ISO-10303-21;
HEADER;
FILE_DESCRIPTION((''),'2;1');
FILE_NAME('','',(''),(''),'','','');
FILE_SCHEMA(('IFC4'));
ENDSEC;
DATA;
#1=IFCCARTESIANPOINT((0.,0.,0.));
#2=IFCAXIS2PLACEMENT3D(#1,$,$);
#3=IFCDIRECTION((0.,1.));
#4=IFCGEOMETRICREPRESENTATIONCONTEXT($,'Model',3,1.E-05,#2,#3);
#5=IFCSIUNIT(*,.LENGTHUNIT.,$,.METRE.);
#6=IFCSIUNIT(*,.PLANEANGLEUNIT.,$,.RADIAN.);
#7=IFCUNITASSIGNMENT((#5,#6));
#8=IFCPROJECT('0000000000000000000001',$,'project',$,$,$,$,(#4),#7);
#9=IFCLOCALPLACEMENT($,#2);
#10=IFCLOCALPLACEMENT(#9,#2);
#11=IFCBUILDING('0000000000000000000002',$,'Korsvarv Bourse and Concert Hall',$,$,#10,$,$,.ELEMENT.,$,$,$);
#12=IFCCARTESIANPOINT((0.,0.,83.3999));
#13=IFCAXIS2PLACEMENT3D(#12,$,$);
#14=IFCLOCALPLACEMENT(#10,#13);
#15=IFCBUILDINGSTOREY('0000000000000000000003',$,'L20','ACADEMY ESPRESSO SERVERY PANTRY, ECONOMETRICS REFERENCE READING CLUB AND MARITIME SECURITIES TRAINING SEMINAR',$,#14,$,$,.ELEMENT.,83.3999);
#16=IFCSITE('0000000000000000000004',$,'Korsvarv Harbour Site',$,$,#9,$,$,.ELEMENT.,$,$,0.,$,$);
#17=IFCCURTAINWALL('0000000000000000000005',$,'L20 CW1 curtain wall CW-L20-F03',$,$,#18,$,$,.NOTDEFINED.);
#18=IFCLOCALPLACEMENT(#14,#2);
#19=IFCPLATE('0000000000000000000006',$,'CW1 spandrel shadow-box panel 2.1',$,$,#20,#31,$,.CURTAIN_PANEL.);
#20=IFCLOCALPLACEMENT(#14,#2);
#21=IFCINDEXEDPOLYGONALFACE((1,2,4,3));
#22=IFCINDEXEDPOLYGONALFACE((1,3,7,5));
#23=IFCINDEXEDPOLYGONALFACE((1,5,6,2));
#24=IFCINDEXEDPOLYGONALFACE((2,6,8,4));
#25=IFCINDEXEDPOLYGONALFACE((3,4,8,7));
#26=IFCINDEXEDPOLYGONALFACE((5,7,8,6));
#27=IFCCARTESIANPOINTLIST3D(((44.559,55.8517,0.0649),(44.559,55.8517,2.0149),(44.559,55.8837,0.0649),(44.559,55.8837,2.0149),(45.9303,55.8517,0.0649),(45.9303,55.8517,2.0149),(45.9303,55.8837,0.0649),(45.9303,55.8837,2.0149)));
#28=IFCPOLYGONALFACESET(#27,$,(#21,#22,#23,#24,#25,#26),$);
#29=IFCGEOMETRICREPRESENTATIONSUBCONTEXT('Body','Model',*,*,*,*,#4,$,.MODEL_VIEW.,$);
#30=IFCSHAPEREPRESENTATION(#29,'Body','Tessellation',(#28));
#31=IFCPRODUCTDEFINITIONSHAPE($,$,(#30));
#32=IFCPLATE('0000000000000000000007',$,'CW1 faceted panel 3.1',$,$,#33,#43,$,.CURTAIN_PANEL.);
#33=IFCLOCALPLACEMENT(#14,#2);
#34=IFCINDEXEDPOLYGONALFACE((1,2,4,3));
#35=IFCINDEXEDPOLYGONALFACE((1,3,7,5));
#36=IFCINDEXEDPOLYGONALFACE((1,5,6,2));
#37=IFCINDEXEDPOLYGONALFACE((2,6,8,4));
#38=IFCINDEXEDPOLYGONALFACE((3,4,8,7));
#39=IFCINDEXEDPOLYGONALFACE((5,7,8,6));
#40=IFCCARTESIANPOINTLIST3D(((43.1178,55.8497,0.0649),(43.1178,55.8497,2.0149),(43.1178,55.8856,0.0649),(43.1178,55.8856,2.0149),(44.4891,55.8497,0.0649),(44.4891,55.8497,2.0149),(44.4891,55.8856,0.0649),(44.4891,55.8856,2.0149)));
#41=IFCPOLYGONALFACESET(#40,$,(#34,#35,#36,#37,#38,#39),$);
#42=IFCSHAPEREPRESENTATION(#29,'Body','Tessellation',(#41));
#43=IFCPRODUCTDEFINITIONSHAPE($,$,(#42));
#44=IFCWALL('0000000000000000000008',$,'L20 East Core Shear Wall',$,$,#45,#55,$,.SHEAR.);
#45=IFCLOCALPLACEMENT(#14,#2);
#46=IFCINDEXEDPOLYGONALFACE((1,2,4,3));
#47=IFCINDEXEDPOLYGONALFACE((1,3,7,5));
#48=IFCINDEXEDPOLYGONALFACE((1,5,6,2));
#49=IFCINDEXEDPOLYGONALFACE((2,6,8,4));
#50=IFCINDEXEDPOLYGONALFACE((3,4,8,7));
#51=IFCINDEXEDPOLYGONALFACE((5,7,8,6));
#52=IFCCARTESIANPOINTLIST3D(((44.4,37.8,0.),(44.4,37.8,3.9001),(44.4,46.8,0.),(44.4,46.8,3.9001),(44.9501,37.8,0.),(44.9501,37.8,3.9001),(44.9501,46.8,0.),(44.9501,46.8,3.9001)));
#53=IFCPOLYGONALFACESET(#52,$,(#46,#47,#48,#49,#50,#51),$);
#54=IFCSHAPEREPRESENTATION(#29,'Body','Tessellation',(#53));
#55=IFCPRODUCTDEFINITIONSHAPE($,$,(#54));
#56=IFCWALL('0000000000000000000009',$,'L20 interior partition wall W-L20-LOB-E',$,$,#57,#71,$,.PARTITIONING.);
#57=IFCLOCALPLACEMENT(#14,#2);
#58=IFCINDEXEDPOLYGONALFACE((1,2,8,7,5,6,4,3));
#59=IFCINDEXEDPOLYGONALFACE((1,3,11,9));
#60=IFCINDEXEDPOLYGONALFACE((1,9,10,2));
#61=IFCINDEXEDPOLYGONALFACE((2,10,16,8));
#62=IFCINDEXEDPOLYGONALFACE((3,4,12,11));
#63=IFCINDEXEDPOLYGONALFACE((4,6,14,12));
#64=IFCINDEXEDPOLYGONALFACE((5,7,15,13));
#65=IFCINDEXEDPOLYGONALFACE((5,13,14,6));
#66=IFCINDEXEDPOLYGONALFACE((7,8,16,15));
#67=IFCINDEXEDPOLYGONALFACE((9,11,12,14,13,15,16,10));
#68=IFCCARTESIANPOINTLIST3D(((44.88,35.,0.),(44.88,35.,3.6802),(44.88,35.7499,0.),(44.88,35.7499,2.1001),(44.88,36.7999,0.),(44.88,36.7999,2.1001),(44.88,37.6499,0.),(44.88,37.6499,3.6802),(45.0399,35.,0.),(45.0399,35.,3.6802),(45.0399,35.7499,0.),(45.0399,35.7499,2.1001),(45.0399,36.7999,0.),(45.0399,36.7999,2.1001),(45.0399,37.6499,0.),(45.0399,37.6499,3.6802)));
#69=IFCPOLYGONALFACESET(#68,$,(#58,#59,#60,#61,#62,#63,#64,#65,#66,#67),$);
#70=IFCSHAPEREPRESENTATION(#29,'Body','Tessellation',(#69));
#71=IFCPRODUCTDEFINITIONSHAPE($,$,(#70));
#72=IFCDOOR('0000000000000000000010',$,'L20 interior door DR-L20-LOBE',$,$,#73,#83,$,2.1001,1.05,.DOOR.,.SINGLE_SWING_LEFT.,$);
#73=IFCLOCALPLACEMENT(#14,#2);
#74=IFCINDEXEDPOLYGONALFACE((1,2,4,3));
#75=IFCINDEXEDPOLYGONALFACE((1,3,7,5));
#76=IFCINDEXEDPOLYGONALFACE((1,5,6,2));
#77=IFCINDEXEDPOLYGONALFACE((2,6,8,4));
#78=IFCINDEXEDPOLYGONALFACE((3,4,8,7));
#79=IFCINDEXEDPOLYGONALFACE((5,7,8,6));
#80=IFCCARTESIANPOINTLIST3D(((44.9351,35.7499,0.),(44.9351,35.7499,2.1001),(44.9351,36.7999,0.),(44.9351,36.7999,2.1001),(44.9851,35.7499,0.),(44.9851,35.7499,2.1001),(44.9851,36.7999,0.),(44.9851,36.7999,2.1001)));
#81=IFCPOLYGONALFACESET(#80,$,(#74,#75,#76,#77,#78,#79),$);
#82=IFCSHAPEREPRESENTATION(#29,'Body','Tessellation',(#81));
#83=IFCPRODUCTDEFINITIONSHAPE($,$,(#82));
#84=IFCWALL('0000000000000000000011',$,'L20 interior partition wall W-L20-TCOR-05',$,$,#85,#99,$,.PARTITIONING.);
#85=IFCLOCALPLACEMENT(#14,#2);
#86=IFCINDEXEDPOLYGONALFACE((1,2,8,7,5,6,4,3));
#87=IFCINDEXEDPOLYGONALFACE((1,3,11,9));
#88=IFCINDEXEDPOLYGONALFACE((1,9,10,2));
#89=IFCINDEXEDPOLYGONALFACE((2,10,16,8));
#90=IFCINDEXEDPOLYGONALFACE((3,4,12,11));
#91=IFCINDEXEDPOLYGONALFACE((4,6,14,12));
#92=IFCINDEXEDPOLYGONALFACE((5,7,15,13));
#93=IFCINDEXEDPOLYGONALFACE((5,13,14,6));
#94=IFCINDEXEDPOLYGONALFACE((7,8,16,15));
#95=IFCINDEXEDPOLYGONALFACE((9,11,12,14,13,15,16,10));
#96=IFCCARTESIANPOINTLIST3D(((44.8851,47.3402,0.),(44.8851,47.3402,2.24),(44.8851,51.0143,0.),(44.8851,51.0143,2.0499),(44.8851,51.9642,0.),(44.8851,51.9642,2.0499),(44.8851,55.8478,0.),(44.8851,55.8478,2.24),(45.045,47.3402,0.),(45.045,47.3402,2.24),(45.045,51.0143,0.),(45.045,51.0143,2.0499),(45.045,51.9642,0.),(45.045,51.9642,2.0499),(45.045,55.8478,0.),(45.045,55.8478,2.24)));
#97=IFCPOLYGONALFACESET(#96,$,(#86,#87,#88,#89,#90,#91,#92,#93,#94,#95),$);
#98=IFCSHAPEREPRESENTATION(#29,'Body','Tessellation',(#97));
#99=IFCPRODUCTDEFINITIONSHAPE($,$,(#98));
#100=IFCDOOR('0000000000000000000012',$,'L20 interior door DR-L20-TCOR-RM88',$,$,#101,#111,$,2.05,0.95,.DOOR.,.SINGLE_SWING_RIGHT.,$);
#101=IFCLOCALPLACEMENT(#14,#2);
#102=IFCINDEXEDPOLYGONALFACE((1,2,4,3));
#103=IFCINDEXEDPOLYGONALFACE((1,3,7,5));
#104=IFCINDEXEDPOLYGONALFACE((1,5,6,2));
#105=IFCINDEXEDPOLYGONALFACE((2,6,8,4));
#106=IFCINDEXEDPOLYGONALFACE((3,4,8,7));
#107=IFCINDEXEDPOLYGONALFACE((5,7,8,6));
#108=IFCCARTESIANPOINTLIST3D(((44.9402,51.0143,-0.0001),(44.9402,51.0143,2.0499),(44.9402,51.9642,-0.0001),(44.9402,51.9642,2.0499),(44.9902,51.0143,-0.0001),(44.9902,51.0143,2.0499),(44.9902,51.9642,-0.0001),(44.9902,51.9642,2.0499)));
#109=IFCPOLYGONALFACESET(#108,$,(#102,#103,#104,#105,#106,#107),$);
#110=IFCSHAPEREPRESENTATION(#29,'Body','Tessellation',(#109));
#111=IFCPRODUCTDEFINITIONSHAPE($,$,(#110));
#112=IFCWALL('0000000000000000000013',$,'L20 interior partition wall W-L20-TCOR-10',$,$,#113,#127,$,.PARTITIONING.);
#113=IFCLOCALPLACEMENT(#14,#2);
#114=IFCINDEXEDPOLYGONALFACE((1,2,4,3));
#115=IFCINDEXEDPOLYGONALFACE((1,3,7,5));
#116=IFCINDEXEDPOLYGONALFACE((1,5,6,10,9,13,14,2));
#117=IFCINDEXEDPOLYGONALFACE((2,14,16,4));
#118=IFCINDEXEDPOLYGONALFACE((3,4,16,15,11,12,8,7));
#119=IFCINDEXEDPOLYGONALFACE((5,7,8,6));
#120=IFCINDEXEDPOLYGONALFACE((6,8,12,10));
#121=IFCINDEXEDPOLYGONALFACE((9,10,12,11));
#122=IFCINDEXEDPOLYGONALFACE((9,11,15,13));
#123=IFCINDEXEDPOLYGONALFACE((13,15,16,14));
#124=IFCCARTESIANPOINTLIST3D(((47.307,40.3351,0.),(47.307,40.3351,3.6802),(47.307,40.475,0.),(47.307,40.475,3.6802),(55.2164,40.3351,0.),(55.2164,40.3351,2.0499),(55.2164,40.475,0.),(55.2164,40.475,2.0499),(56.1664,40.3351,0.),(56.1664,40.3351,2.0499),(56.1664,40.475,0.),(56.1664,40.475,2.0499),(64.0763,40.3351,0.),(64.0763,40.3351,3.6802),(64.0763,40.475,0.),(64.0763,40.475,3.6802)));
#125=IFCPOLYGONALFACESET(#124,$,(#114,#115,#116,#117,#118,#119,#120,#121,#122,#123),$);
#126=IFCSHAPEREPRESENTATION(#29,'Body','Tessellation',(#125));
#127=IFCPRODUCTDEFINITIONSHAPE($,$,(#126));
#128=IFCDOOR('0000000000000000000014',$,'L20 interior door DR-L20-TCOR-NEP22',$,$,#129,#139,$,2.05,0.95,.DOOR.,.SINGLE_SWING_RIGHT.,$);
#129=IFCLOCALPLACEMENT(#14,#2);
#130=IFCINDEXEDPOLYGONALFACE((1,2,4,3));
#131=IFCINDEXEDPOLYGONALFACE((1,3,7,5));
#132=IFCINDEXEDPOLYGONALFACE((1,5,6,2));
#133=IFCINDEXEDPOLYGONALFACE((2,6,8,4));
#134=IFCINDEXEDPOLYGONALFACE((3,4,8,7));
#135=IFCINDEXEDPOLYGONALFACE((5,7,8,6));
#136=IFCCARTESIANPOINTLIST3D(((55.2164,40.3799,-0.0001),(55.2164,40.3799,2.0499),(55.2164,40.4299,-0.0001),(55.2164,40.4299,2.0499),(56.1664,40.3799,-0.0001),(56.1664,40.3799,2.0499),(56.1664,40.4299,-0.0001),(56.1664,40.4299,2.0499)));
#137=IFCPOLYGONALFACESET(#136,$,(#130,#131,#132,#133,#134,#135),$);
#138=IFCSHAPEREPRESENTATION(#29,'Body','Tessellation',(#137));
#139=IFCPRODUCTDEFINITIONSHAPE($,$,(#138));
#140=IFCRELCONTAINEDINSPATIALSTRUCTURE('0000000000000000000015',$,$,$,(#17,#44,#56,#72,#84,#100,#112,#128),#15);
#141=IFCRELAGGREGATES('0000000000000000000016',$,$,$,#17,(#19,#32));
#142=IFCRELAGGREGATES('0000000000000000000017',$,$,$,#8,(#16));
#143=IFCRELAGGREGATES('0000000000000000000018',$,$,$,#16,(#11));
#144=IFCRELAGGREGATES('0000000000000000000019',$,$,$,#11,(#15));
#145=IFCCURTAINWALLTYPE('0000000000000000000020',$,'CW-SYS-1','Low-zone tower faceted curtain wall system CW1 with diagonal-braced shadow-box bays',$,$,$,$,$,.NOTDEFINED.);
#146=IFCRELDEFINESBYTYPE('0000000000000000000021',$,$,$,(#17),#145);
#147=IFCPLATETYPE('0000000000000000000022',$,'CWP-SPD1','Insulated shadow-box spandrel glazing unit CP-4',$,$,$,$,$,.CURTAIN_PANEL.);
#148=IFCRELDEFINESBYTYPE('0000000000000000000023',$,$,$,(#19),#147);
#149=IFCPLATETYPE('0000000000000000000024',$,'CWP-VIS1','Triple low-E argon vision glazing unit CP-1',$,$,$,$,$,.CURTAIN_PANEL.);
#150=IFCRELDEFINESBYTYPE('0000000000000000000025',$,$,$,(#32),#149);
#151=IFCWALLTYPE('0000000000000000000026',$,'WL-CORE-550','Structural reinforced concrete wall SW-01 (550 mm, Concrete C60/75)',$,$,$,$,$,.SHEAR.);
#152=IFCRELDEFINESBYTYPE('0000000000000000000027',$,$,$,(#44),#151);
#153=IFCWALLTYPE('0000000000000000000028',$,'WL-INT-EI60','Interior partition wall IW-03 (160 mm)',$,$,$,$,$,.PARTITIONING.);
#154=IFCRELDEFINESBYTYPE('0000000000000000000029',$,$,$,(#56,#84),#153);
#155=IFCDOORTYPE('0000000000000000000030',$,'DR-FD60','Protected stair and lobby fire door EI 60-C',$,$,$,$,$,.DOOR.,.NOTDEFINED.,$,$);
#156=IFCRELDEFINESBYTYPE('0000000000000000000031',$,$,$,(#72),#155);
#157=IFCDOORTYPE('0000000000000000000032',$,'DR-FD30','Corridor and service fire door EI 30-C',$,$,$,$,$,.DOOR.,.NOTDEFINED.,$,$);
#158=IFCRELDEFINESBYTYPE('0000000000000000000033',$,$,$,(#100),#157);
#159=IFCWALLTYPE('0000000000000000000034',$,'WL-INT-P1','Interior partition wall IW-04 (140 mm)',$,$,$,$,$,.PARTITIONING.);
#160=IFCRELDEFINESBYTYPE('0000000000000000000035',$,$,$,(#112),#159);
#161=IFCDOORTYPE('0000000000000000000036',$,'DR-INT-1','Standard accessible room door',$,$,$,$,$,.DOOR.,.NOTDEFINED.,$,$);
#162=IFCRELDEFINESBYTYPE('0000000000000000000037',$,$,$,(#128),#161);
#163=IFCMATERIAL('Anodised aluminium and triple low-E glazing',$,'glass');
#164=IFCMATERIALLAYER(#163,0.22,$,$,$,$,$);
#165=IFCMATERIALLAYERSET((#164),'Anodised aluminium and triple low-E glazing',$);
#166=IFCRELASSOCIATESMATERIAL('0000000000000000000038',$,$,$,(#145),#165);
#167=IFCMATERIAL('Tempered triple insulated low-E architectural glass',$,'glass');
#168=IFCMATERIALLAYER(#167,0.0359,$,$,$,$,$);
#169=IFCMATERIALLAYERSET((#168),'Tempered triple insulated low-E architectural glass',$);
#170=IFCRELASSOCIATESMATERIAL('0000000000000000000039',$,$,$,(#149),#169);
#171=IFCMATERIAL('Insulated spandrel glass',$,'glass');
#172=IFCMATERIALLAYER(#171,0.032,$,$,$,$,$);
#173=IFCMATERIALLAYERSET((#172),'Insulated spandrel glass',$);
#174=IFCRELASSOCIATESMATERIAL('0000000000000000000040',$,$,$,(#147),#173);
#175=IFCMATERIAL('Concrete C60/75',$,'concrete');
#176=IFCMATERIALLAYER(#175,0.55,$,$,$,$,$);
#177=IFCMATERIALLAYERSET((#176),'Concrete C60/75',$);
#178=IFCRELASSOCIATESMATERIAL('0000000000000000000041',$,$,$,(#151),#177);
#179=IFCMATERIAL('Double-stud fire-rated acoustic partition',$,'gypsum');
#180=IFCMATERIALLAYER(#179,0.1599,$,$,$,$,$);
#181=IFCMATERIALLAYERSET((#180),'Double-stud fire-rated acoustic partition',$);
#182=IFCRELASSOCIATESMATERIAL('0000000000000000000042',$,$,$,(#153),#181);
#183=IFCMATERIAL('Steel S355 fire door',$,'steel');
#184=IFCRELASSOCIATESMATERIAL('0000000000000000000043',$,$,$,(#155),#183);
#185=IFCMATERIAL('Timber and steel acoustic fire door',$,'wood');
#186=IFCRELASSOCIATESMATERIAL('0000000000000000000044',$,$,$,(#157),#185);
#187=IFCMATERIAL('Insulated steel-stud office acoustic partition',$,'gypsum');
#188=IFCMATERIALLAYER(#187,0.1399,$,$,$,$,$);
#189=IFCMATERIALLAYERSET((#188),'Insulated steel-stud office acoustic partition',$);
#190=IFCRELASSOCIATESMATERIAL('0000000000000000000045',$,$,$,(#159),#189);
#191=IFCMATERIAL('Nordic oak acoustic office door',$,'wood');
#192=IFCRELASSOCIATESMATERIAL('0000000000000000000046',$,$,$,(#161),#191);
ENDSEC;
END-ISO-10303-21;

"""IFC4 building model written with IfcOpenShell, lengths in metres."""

from ifc_helpers import new_model, si_unit, direction, frame, frame_2d, origin, origin_2d, place, context, subcontext, project, spatial, rectangle, extrude, source, transform, mapped, material, layer, layer_set, type_object, element, fill, aggregate, save


model = new_model("IFC4")

# Units and contexts
model_context = context("Model", 3, precision=1e-05, world=origin(), true_north=direction((0.0, 1.0)))
body_context = subcontext(model_context, "Body", "Model", "MODEL_VIEW")
ifc_project = project(units=[si_unit("LENGTHUNIT", "METRE"), si_unit("PLANEANGLEUNIT", "RADIAN")], contexts=[model_context])

# Site, building, storey
site_placement = place(None, origin())
site = spatial("IfcSite", under=ifc_project, at=site_placement, Name="Korsvarv Harbour Site", CompositionType="ELEMENT", RefElevation=0.0)
building_placement = place(site_placement, origin())
building = spatial("IfcBuilding", under=site, at=building_placement, Name="Korsvarv Bourse and Concert Hall", CompositionType="ELEMENT")
storey_placement = place(building_placement, frame((0.0, 0.0, 83.3999)))
storey = spatial("IfcBuildingStorey", under=building, at=storey_placement, Name="L20", Description="ACADEMY ESPRESSO SERVERY PANTRY, ECONOMETRICS REFERENCE READING CLUB AND MARITIME SECURITIES TRAINING SEMINAR", CompositionType="ELEMENT", Elevation=83.3999)

# Shared definitions
ifc_material_1 = material(Name="Concrete C60/75", Category="concrete")

# Curtain wall, plates
ifc_material_2 = material(Name="Anodised aluminium and triple low-E glazing", Category="glass")
ifc_layer_1 = layer(ifc_material_2, 0.22)
ifc_layer_set_1 = layer_set([ifc_layer_1], Name="Anodised aluminium and triple low-E glazing")
curtain_wall_type = type_object("IfcCurtainWallType", Name="CW-SYS-1", Description="Low-zone tower faceted curtain wall system CW1 with diagonal-braced shadow-box bays", PredefinedType="NOTDEFINED", material=ifc_layer_set_1)
curtain_wall_placement = place(storey_placement, origin())
curtain_wall = element("IfcCurtainWall", 1, at=curtain_wall_placement, inside=storey, type_object=curtain_wall_type, Name="L20 CW1 curtain wall CW-L20-F03", PredefinedType="NOTDEFINED")
ifc_material_3 = material(Name="Tempered triple insulated low-E architectural glass", Category="glass")
ifc_layer_2 = layer(ifc_material_3, 0.0359)
ifc_layer_set_2 = layer_set([ifc_layer_2], Name="Tempered triple insulated low-E architectural glass")
plate_type_1 = type_object("IfcPlateType", Name="CWP-VIS1", Description="Triple low-E argon vision glazing unit CP-1", PredefinedType="CURTAIN_PANEL", material=ifc_layer_set_2)
ifc_material_4 = material(Name="Insulated spandrel glass", Category="glass")
ifc_layer_3 = layer(ifc_material_4, 0.032)
ifc_layer_set_3 = layer_set([ifc_layer_3], Name="Insulated spandrel glass")
plate_type_2 = type_object("IfcPlateType", Name="CWP-SPD1", Description="Insulated shadow-box spandrel glazing unit CP-4", PredefinedType="CURTAIN_PANEL", material=ifc_layer_set_3)
shared_shape_1 = source(origin(), body_context, "Body", "SweptSolid", [
    extrude(rectangle(XDim=1.3713, YDim=0.032, at=origin_2d()), origin(), (0.0, 0.0, 1.0), 1.95),
])
plate_1_placement = place(storey_placement, frame((45.2446, 55.8677, 0.0649), z_axis=(0.0, 0.0, 1.0), x_axis=(-1.0, 0.0, 0.0)))
plate_1 = element("IfcPlate", 2, at=plate_1_placement, type_object=plate_type_2, Name="CW1 spandrel shadow-box panel 2.1", PredefinedType="CURTAIN_PANEL", context=body_context, shape_type="MappedRepresentation", body=[
    mapped(shared_shape_1, transform((0.0, 0.0, 0.0), scale=1.0)),
])
shared_shape_2 = source(origin(), body_context, "Body", "SweptSolid", [
    extrude(rectangle(XDim=1.3713, YDim=0.0359, at=origin_2d()), origin(), (0.0, 0.0, 1.0), 1.95),
])
plate_2_placement = place(storey_placement, frame((43.8035, 55.8677, 0.0649), z_axis=(0.0, 0.0, 1.0), x_axis=(-1.0, 0.0, 0.0)))
plate_2 = element("IfcPlate", 3, at=plate_2_placement, type_object=plate_type_1, Name="CW1 faceted panel 3.1", PredefinedType="CURTAIN_PANEL", context=body_context, shape_type="MappedRepresentation", body=[
    mapped(shared_shape_2, transform((0.0, 0.0, 0.0), scale=1.0)),
])
aggregate(curtain_wall, [plate_1, plate_2])

# Wall
ifc_layer_4 = layer(ifc_material_1, 0.55)
ifc_layer_set_4 = layer_set([ifc_layer_4], Name="Concrete C60/75")
wall_type_1 = type_object("IfcWallType", Name="WL-CORE-550", Description="Structural reinforced concrete wall SW-01 (550 mm, Concrete C60/75)", PredefinedType="SHEAR", material=ifc_layer_set_4)
wall_1_placement = place(storey_placement, frame((44.675, 37.8, 0.0), z_axis=(0.0, 0.0, 1.0), x_axis=(0.0, 1.0, 0.0)))
element("IfcWall", 4, at=wall_1_placement, inside=storey, type_object=wall_type_1, Name="L20 East Core Shear Wall", PredefinedType="SHEAR", context=body_context, shape_type="SweptSolid", body=[
    extrude(rectangle(XDim=9.0, YDim=0.55, at=frame_2d((4.5, 0.0))), origin(), (0.0, 0.0, 1.0), 3.9001),
])

# Walls, openings, doors
ifc_material_5 = material(Name="Double-stud fire-rated acoustic partition", Category="gypsum")
ifc_layer_5 = layer(ifc_material_5, 0.1599)
ifc_layer_set_5 = layer_set([ifc_layer_5], Name="Double-stud fire-rated acoustic partition")
wall_type_2 = type_object("IfcWallType", Name="WL-INT-EI60", Description="Interior partition wall IW-03 (160 mm)", PredefinedType="PARTITIONING", material=ifc_layer_set_5)
wall_2_placement = place(storey_placement, frame((44.96, 35.0, 0.0), z_axis=(0.0, 0.0, 1.0), x_axis=(0.0, 1.0, 0.0)))
wall_2 = element("IfcWall", 5, at=wall_2_placement, inside=storey, type_object=wall_type_2, Name="L20 interior partition wall W-L20-LOB-E", PredefinedType="PARTITIONING", context=body_context, shape_type="SweptSolid", body=[
    extrude(rectangle(XDim=2.6499, YDim=0.1599, at=frame_2d((1.325, 0.0))), origin(), (0.0, 0.0, 1.0), 3.6802),
])
opening_1_placement = place(wall_2_placement, frame((0.75, 0.0, 0.0)))
opening_1 = element("IfcOpeningElement", 6, at=opening_1_placement, cuts=wall_2, PredefinedType="OPENING", context=body_context, shape_type="SweptSolid", body=[
    extrude(rectangle(XDim=1.05, YDim=2.1001, at=frame_2d((0.5249, 1.05))), frame((0.0, 0.0898, 0.0), z_axis=(0.0, -1.0, 0.0), x_axis=(1.0, 0.0, 0.0)), (0.0, 0.0, 1.0), 0.1799),
])
ifc_material_6 = material(Name="Steel S355 fire door", Category="steel")
door_type_1 = type_object("IfcDoorType", Name="DR-FD60", Description="Protected stair and lobby fire door EI 60-C", OperationType="NOTDEFINED", PredefinedType="DOOR", material=ifc_material_6)
door_1_placement = place(opening_1_placement, origin())
door_1 = element("IfcDoor", 7, at=door_1_placement, inside=storey, type_object=door_type_1, Name="L20 interior door DR-L20-LOBE", OperationType="SINGLE_SWING_LEFT", OverallHeight=2.1001, OverallWidth=1.05, PredefinedType="DOOR", context=body_context, shape_type="SweptSolid", body=[
    extrude(rectangle(XDim=1.05, YDim=2.1001, at=frame_2d((0.5249, 1.05))), frame((0.0, 0.0249, 0.0), z_axis=(0.0, -1.0, 0.0), x_axis=(1.0, 0.0, 0.0)), (0.0, 0.0, 1.0), 0.05),
])
fill(opening_1, door_1)
wall_3_placement = place(storey_placement, frame((44.9651, 47.3401, 0.0), z_axis=(0.0, 0.0, 1.0), x_axis=(0.0, 1.0, 0.0)))
wall_3 = element("IfcWall", 8, at=wall_3_placement, inside=storey, type_object=wall_type_2, Name="L20 interior partition wall W-L20-TCOR-05", PredefinedType="PARTITIONING", context=body_context, shape_type="SweptSolid", body=[
    extrude(rectangle(XDim=8.5076, YDim=0.1599, at=frame_2d((4.2539, 0.0))), origin(), (0.0, 0.0, 1.0), 2.24),
])
opening_2_placement = place(wall_3_placement, frame((3.6741, 0.0, 0.0)))
opening_2 = element("IfcOpeningElement", 9, at=opening_2_placement, cuts=wall_3, PredefinedType="OPENING", context=body_context, shape_type="SweptSolid", body=[
    extrude(rectangle(XDim=0.95, YDim=2.05, at=frame_2d((0.4751, 1.0249))), frame((0.0, 0.0898, 0.0), z_axis=(0.0, -1.0, 0.0), x_axis=(1.0, 0.0, 0.0)), (0.0, 0.0, 1.0), 0.1799),
])
ifc_material_7 = material(Name="Timber and steel acoustic fire door", Category="wood")
door_type_2 = type_object("IfcDoorType", Name="DR-FD30", Description="Corridor and service fire door EI 30-C", OperationType="NOTDEFINED", PredefinedType="DOOR", material=ifc_material_7)
door_2_placement = place(opening_2_placement, origin())
door_2 = element("IfcDoor", 10, at=door_2_placement, inside=storey, type_object=door_type_2, Name="L20 interior door DR-L20-TCOR-RM88", OperationType="SINGLE_SWING_RIGHT", OverallHeight=2.05, OverallWidth=0.95, PredefinedType="DOOR", context=body_context, shape_type="SweptSolid", body=[
    extrude(rectangle(XDim=0.95, YDim=2.05, at=frame_2d((0.4751, 1.0249))), frame((0.0, 0.0249, 0.0), z_axis=(0.0, -1.0, 0.0), x_axis=(1.0, 0.0, 0.0)), (0.0, 0.0, 1.0), 0.05),
])
fill(opening_2, door_2)
ifc_material_8 = material(Name="Insulated steel-stud office acoustic partition", Category="gypsum")
ifc_layer_6 = layer(ifc_material_8, 0.1399)
ifc_layer_set_6 = layer_set([ifc_layer_6], Name="Insulated steel-stud office acoustic partition")
wall_type_3 = type_object("IfcWallType", Name="WL-INT-P1", Description="Interior partition wall IW-04 (140 mm)", PredefinedType="PARTITIONING", material=ifc_layer_set_6)
wall_4_placement = place(storey_placement, frame((47.3069, 40.405, 0.0), z_axis=(0.0, 0.0, 1.0), x_axis=(1.0, 0.0, 0.0)))
wall_4 = element("IfcWall", 11, at=wall_4_placement, inside=storey, type_object=wall_type_3, Name="L20 interior partition wall W-L20-TCOR-10", PredefinedType="PARTITIONING", context=body_context, shape_type="SweptSolid", body=[
    extrude(rectangle(XDim=16.7693, YDim=0.1399, at=frame_2d((8.3848, 0.0))), origin(), (0.0, 0.0, 1.0), 3.6802),
])
opening_3_placement = place(wall_4_placement, frame((7.9094, 0.0, 0.0)))
opening_3 = element("IfcOpeningElement", 12, at=opening_3_placement, cuts=wall_4, PredefinedType="OPENING", context=body_context, shape_type="SweptSolid", body=[
    extrude(rectangle(XDim=0.95, YDim=2.05, at=frame_2d((0.4751, 1.0249))), frame((0.0, 0.0801, 0.0), z_axis=(0.0, -1.0, 0.0), x_axis=(1.0, 0.0, 0.0)), (0.0, 0.0, 1.0), 0.1599),
])
ifc_material_9 = material(Name="Nordic oak acoustic office door", Category="wood")
door_type_3 = type_object("IfcDoorType", Name="DR-INT-1", Description="Standard accessible room door", OperationType="NOTDEFINED", PredefinedType="DOOR", material=ifc_material_9)
door_3_placement = place(opening_3_placement, origin())
door_3 = element("IfcDoor", 13, at=door_3_placement, inside=storey, type_object=door_type_3, Name="L20 interior door DR-L20-TCOR-NEP22", OperationType="SINGLE_SWING_RIGHT", OverallHeight=2.05, OverallWidth=0.95, PredefinedType="DOOR", context=body_context, shape_type="SweptSolid", body=[
    extrude(rectangle(XDim=0.95, YDim=2.05, at=frame_2d((0.4751, 1.0249))), frame((0.0, 0.0249, 0.0), z_axis=(0.0, -1.0, 0.0), x_axis=(1.0, 0.0, 0.0)), (0.0, 0.0, 1.0), 0.05),
])
fill(opening_3, door_3)

save(model, "model.ifc")
